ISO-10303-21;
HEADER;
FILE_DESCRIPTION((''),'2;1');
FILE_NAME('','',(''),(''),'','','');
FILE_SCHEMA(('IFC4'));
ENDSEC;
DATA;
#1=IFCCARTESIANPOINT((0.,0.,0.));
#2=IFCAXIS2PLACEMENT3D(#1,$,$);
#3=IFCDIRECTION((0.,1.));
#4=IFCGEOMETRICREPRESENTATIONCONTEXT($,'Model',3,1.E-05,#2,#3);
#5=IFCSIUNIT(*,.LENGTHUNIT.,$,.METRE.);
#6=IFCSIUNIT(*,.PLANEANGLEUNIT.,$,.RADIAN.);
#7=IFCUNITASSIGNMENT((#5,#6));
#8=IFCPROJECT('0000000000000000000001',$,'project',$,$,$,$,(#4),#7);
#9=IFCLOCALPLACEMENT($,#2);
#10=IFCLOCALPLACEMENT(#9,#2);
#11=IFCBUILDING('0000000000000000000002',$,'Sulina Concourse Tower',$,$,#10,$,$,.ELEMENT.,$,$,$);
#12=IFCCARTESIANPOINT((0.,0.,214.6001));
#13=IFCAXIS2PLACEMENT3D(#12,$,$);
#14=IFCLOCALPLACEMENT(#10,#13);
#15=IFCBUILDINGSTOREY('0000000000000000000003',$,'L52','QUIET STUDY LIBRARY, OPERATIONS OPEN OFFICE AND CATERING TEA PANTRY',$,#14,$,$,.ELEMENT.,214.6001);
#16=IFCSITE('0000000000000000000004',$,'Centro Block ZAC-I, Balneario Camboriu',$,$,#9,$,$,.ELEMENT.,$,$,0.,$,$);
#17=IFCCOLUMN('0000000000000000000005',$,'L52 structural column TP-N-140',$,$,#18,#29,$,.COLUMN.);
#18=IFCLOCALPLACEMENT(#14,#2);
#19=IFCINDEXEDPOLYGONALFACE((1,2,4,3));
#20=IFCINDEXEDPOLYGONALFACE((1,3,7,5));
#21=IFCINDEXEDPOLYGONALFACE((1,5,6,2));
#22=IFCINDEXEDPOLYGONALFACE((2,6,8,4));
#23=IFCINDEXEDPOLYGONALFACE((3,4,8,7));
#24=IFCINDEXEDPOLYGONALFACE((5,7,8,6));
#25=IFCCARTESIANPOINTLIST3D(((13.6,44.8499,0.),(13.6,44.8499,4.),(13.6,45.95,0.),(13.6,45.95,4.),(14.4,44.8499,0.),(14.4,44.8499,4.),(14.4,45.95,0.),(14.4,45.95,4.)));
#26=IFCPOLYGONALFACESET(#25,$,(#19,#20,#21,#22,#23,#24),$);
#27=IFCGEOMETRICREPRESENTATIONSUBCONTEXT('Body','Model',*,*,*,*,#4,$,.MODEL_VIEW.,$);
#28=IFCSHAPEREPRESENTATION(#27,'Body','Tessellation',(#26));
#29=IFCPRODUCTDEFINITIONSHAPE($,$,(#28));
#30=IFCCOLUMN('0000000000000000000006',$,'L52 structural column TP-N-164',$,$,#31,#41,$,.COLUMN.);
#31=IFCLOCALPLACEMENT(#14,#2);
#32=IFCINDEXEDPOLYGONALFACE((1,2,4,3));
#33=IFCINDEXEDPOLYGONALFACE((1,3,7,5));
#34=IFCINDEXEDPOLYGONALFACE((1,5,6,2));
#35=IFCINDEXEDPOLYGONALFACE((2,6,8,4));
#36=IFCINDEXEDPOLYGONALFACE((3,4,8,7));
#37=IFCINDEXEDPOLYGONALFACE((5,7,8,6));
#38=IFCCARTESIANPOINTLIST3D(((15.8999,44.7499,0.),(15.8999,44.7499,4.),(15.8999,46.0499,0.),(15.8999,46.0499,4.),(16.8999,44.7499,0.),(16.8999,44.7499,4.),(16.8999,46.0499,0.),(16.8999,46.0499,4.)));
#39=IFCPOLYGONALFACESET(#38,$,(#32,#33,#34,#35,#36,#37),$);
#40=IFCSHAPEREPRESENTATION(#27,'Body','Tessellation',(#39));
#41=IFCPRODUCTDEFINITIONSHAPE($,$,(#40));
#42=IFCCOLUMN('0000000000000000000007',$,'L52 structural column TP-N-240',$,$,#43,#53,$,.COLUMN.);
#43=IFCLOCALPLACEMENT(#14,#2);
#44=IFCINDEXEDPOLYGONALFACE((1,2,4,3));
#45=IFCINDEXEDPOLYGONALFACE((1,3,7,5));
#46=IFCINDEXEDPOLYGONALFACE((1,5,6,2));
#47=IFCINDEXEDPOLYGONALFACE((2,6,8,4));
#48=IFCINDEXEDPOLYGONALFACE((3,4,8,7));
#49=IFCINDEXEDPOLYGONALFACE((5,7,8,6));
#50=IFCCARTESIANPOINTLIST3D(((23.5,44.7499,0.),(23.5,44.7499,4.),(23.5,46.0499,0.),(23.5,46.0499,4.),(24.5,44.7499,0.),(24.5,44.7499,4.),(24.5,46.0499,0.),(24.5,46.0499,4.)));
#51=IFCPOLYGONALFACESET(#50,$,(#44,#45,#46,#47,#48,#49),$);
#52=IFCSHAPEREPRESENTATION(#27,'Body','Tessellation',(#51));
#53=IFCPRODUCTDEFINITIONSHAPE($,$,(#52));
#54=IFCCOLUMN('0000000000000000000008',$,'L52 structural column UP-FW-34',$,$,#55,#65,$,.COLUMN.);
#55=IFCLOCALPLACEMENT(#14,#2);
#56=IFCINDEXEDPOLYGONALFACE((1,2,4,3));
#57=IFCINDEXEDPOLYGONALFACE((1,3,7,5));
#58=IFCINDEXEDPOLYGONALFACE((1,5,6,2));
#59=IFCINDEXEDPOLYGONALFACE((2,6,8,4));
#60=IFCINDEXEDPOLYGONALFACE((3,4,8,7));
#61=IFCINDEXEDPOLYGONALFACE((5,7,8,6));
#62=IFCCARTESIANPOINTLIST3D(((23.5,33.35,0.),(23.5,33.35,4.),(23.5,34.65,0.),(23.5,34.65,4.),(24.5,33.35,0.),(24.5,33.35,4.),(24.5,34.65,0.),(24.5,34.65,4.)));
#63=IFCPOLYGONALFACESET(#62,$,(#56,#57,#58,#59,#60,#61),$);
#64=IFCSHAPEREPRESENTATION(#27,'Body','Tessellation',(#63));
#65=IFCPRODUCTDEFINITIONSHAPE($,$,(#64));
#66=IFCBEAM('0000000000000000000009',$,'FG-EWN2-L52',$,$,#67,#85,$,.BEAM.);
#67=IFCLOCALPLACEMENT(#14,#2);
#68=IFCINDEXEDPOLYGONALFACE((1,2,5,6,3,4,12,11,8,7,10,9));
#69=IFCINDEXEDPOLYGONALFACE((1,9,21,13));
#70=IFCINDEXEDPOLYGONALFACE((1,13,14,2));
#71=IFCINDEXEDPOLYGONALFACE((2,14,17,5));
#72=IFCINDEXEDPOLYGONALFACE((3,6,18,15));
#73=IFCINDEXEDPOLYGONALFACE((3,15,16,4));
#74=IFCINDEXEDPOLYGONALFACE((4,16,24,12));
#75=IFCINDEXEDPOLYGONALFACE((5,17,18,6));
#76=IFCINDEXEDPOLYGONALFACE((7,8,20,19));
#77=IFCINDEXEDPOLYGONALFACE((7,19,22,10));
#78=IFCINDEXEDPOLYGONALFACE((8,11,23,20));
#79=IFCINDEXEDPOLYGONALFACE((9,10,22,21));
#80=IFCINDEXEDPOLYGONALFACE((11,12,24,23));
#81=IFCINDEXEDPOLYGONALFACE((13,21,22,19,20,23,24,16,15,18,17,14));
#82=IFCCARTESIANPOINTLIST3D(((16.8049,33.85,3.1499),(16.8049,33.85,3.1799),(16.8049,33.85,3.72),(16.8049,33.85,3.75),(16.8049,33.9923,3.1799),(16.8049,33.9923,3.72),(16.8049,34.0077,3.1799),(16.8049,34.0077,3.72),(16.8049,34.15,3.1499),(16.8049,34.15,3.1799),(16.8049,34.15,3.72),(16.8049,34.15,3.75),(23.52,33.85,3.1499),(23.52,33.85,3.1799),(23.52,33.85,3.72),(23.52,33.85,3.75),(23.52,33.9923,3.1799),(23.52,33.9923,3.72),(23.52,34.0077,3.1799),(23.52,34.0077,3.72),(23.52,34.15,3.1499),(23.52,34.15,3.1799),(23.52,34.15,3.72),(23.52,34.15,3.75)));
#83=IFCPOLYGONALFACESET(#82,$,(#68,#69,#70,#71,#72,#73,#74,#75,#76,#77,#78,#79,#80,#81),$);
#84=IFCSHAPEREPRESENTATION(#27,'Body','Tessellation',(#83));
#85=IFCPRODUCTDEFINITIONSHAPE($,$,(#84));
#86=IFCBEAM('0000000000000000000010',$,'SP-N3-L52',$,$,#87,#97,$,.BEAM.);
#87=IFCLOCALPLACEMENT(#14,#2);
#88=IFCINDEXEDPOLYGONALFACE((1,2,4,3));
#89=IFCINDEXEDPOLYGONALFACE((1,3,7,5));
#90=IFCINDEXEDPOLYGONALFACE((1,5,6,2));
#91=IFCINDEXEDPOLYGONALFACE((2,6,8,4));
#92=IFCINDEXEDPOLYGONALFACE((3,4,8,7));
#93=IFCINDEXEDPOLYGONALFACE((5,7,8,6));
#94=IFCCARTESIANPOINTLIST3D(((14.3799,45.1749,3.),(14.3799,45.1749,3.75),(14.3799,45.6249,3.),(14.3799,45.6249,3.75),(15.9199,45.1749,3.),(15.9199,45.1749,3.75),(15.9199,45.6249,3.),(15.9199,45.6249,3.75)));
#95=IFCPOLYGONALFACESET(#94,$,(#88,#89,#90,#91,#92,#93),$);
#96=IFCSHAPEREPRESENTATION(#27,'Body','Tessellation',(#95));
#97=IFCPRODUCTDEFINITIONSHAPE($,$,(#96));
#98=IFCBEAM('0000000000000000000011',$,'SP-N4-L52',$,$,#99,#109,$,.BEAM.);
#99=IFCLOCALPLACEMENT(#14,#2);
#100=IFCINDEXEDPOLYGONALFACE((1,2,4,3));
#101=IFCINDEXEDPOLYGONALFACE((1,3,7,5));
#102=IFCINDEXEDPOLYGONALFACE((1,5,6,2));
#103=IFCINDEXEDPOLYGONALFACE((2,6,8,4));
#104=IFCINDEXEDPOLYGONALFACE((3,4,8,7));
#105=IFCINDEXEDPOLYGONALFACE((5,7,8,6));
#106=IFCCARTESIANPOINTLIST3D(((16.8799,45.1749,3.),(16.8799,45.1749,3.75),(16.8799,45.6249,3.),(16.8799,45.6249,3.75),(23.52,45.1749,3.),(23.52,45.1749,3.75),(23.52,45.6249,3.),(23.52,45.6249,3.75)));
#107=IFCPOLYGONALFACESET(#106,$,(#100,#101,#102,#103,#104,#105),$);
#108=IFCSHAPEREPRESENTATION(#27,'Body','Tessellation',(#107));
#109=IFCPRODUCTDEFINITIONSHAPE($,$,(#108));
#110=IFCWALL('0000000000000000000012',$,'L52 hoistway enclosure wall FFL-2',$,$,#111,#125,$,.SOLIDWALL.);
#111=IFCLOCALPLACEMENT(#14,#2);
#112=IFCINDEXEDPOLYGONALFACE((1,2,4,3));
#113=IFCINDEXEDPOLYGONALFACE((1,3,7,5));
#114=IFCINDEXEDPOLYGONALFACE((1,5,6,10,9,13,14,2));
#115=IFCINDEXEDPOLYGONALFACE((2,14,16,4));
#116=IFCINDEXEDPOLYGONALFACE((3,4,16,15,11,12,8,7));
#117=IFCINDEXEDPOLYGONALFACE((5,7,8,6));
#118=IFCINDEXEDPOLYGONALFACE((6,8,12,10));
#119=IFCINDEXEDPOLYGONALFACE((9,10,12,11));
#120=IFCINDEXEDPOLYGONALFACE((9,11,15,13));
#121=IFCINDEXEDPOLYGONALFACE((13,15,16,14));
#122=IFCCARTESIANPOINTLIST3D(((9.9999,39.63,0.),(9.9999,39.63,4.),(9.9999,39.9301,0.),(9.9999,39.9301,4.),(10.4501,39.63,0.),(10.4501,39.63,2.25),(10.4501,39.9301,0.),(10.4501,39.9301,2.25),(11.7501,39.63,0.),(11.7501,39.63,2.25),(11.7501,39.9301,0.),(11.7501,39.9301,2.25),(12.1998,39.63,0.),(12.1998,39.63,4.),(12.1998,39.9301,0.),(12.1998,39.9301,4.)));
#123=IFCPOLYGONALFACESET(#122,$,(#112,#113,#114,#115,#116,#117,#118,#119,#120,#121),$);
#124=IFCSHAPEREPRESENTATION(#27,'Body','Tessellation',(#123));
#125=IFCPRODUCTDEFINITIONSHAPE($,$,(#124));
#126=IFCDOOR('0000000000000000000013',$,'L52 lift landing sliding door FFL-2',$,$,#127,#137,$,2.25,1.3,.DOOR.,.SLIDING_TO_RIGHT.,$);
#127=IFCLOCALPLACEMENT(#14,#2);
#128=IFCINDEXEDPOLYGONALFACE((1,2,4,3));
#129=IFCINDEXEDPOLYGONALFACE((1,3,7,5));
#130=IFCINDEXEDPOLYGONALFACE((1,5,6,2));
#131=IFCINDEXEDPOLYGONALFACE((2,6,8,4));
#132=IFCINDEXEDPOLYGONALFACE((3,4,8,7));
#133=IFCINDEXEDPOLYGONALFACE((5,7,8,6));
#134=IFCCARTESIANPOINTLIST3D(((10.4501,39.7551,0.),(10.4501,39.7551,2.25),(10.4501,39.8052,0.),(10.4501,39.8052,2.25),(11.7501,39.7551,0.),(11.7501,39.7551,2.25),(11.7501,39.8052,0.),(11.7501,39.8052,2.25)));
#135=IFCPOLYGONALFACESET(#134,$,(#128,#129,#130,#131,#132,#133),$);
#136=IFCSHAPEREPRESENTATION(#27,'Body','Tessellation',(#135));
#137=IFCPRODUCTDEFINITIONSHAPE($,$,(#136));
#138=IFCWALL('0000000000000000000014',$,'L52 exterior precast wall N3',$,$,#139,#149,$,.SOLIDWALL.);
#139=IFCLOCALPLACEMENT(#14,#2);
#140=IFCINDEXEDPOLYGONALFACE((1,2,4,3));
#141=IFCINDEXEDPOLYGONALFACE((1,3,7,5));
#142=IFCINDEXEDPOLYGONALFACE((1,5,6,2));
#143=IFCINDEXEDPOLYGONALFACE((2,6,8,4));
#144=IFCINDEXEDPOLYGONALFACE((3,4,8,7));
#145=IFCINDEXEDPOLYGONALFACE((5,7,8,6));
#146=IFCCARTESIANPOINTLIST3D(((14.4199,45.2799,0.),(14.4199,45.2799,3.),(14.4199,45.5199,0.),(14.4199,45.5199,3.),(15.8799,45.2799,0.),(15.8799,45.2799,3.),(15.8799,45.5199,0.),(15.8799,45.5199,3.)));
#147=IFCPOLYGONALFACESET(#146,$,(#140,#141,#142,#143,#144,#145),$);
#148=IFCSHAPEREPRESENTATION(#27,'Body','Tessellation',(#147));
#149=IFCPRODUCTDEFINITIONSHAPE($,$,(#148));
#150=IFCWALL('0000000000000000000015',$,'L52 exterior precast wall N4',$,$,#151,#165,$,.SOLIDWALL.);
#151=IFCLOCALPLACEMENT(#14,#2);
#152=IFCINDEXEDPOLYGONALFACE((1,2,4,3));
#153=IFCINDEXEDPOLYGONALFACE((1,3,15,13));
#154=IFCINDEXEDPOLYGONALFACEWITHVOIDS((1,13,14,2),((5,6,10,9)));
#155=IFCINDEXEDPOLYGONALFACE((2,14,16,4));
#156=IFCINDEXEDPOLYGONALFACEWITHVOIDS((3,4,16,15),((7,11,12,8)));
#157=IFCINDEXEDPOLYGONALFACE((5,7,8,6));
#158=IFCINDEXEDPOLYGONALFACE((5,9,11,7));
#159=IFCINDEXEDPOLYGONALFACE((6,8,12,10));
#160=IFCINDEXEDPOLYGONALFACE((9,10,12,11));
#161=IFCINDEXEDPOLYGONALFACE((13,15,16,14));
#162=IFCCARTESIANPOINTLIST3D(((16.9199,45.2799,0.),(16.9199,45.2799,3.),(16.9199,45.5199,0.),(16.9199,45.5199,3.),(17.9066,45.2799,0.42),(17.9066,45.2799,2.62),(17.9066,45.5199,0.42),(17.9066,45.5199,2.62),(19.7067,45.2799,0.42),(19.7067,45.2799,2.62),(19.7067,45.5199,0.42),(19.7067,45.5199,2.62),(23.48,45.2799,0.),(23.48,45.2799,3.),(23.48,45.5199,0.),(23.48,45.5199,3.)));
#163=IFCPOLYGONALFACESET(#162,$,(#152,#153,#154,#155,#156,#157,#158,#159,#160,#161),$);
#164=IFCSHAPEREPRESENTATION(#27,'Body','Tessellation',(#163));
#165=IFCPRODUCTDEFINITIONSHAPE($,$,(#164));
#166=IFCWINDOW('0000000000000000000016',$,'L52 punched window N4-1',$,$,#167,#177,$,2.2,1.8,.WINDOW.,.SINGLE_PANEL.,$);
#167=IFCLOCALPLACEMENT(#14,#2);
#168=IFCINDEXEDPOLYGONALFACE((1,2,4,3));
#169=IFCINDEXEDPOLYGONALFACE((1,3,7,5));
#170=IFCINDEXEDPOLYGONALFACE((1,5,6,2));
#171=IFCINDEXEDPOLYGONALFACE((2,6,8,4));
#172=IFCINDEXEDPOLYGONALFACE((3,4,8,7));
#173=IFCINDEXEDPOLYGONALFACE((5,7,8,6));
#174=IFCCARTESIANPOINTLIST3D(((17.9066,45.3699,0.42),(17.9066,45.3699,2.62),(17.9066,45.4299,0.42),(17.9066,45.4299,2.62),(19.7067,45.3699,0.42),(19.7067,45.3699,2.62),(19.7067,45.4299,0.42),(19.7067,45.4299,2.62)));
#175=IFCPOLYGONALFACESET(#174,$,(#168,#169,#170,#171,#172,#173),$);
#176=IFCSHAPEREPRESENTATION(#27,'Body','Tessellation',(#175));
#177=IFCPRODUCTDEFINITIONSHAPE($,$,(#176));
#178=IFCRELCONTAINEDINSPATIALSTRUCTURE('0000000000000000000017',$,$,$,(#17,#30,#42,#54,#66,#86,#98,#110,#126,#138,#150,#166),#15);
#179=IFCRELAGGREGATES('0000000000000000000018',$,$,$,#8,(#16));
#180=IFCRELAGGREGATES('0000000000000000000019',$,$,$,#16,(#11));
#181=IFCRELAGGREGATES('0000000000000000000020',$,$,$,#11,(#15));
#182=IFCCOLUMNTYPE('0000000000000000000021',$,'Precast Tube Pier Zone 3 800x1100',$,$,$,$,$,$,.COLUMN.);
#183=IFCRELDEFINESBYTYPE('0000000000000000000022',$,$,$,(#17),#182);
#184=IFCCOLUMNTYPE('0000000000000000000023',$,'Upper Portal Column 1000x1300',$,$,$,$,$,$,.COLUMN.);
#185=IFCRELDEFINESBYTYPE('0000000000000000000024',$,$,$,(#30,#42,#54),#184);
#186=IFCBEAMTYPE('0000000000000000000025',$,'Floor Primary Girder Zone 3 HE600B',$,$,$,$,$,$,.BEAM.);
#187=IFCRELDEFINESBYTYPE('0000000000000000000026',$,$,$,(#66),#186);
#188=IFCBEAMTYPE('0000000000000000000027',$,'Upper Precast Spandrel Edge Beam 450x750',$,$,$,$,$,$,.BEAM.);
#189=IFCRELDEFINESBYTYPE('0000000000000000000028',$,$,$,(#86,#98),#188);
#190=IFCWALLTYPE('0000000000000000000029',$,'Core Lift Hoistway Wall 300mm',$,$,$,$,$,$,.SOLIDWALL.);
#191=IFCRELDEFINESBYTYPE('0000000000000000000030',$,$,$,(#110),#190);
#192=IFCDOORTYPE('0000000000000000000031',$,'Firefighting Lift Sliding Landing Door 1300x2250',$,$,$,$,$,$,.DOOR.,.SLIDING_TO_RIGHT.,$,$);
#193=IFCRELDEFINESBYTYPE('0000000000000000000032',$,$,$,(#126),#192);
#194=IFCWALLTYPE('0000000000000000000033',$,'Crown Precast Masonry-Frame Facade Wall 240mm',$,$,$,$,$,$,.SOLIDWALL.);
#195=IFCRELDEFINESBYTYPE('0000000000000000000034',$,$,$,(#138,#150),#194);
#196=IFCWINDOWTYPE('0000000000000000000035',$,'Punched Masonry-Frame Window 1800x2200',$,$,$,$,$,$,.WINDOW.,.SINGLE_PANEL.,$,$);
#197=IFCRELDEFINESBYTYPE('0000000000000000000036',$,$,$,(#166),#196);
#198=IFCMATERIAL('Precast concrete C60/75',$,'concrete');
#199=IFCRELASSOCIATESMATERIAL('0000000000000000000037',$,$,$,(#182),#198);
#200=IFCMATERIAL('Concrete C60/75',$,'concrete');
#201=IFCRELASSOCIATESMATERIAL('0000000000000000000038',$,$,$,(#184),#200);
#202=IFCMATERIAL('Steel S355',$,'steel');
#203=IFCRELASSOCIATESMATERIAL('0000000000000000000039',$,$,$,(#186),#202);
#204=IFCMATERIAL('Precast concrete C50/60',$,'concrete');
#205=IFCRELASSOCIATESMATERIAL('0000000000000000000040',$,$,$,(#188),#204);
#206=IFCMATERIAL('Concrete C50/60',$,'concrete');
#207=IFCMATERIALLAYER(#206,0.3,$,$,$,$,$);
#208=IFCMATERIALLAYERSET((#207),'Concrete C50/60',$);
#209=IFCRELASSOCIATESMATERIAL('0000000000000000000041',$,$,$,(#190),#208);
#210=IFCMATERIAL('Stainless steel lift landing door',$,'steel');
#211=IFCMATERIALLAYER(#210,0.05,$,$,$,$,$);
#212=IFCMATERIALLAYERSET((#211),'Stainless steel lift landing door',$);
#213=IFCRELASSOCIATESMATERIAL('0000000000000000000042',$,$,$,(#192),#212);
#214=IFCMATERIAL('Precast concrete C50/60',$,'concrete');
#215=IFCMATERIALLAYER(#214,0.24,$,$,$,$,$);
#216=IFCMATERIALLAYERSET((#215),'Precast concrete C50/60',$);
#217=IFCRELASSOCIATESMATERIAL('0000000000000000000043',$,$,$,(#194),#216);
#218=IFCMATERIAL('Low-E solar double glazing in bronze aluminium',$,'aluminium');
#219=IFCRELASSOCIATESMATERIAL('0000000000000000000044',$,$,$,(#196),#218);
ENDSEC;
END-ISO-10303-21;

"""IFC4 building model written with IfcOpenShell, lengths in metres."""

from ifc_helpers import new_model, si_unit, direction, frame, frame_2d, origin, origin_2d, place, context, subcontext, project, spatial, rectangle, i_section, extrude, material, layer, layer_set, material_profile, profile_set, type_object, element, fill, save


model = new_model("IFC4")

# Units and contexts
model_context = context("Model", 3, precision=1e-05, world=origin(), true_north=direction((0.0, 1.0)))
body_context = subcontext(model_context, "Body", "Model", "MODEL_VIEW")
ifc_project = project(units=[si_unit("LENGTHUNIT", "METRE"), si_unit("PLANEANGLEUNIT", "RADIAN")], contexts=[model_context])

# Site, building, storey
site_placement = place(None, origin())
site = spatial("IfcSite", under=ifc_project, at=site_placement, Name="Centro Block ZAC-I, Balneario Camboriu", CompositionType="ELEMENT", RefElevation=0.0)
building_placement = place(site_placement, origin())
building = spatial("IfcBuilding", under=site, at=building_placement, Name="Sulina Concourse Tower", CompositionType="ELEMENT")
storey_placement = place(building_placement, frame((0.0, 0.0, 214.6001)))
storey = spatial("IfcBuildingStorey", under=building, at=storey_placement, Name="L52", Description="QUIET STUDY LIBRARY, OPERATIONS OPEN OFFICE AND CATERING TEA PANTRY", CompositionType="ELEMENT", Elevation=214.6001)

# Columns
ifc_material_1 = material(Name="Precast concrete C60/75", Category="concrete")
ifc_material_profile_1 = material_profile(ifc_material_1, rectangle(XDim=0.8, YDim=1.1001, at=origin_2d()), Name="PC 800x1100")
ifc_profile_set_1 = profile_set([ifc_material_profile_1], Name="Precast concrete C60/75")
column_type_1 = type_object("IfcColumnType", Name="Precast Tube Pier Zone 3 800x1100", PredefinedType="COLUMN", material=ifc_profile_set_1)
column_placement = place(storey_placement, frame((14.0, 45.3999, 0.0), z_axis=(0.0, 0.0, 1.0), x_axis=(1.0, 0.0, 0.0)))
element("IfcColumn", 1, at=column_placement, inside=storey, type_object=column_type_1, Name="L52 structural column TP-N-140", PredefinedType="COLUMN", context=body_context, shape_type="SweptSolid", body=[
    extrude(rectangle(XDim=0.8, YDim=1.1001, at=origin_2d()), origin(), (0.0, 0.0, 1.0), 4.0),
])
ifc_material_2 = material(Name="Concrete C60/75", Category="concrete")
ifc_material_profile_2 = material_profile(ifc_material_2, rectangle(XDim=1.0, YDim=1.3, at=origin_2d()), Name="RC 1000x1300")
ifc_profile_set_2 = profile_set([ifc_material_profile_2], Name="Concrete C60/75")
column_type_2 = type_object("IfcColumnType", Name="Upper Portal Column 1000x1300", PredefinedType="COLUMN", material=ifc_profile_set_2)
for number, where, z_axis, x_axis, name in (
    (2, (16.3999, 45.3999, 0.0), (0.0, 0.0, 1.0), (1.0, 0.0, 0.0), "L52 structural column TP-N-164"),
    (3, (24.0, 45.3999, 0.0), (0.0, 0.0, 1.0), (1.0, 0.0, 0.0), "L52 structural column TP-N-240"),
    (4, (24.0, 34.0, 0.0), (0.0, 0.0, 1.0), (1.0, 0.0, 0.0), "L52 structural column UP-FW-34"),
):
    element("IfcColumn", number, at=place(storey_placement, frame(where, z_axis=z_axis, x_axis=x_axis)), inside=storey, type_object=column_type_2, Name=name, PredefinedType="COLUMN", context=body_context, shape_type="SweptSolid", body=[
        extrude(rectangle(XDim=1.0, YDim=1.3, at=origin_2d()), origin(), (0.0, 0.0, 1.0), 4.0),
    ])

# Beams
ifc_material_3 = material(Name="Steel S355", Category="steel")
ifc_material_profile_3 = material_profile(ifc_material_3, i_section(OverallWidth=0.3, OverallDepth=0.6001, WebThickness=0.0154, FlangeThickness=0.03, at=origin_2d()), Name="HE 600 B")
ifc_profile_set_3 = profile_set([ifc_material_profile_3], Name="Steel S355")
beam_type_1 = type_object("IfcBeamType", Name="Floor Primary Girder Zone 3 HE600B", PredefinedType="BEAM", material=ifc_profile_set_3)
beam_1_placement = place(storey_placement, frame((16.8049, 34.0, 3.45), z_axis=(1.0, 0.0, 0.0), x_axis=(0.0, 1.0, 0.0)))
element("IfcBeam", 5, at=beam_1_placement, inside=storey, type_object=beam_type_1, Name="FG-EWN2-L52", PredefinedType="BEAM", context=body_context, shape_type="SweptSolid", body=[
    extrude(i_section(OverallWidth=0.3, OverallDepth=0.6001, WebThickness=0.0154, FlangeThickness=0.03, at=origin_2d()), origin(), (0.0, 0.0, 1.0), 6.7151),
])
ifc_material_4 = material(Name="Precast concrete C50/60", Category="concrete")
ifc_material_profile_4 = material_profile(ifc_material_4, rectangle(XDim=0.45, YDim=0.75, at=origin_2d()), Name="RC 450x750")
ifc_profile_set_4 = profile_set([ifc_material_profile_4], Name="Precast concrete C50/60")
beam_type_2 = type_object("IfcBeamType", Name="Upper Precast Spandrel Edge Beam 450x750", PredefinedType="BEAM", material=ifc_profile_set_4)
beam_2_placement = place(storey_placement, frame((14.3799, 45.3999, 3.375), z_axis=(1.0, 0.0, 0.0), x_axis=(0.0, 1.0, 0.0)))
element("IfcBeam", 6, at=beam_2_placement, inside=storey, type_object=beam_type_2, Name="SP-N3-L52", PredefinedType="BEAM", context=body_context, shape_type="SweptSolid", body=[
    extrude(rectangle(XDim=0.45, YDim=0.75, at=origin_2d()), origin(), (0.0, 0.0, 1.0), 1.54),
])
beam_3_placement = place(storey_placement, frame((16.8799, 45.3999, 3.375), z_axis=(1.0, 0.0, 0.0), x_axis=(0.0, 1.0, 0.0)))
element("IfcBeam", 7, at=beam_3_placement, inside=storey, type_object=beam_type_2, Name="SP-N4-L52", PredefinedType="BEAM", context=body_context, shape_type="SweptSolid", body=[
    extrude(rectangle(XDim=0.45, YDim=0.75, at=origin_2d()), origin(), (0.0, 0.0, 1.0), 6.6401),
])

# Wall, opening, door
ifc_material_5 = material(Name="Concrete C50/60", Category="concrete")
ifc_layer_1 = layer(ifc_material_5, 0.3)
ifc_layer_set_1 = layer_set([ifc_layer_1], Name="Concrete C50/60")
wall_type_1 = type_object("IfcWallType", Name="Core Lift Hoistway Wall 300mm", PredefinedType="SOLIDWALL", material=ifc_layer_set_1)
wall_1_placement = place(storey_placement, frame((12.2, 39.78, 0.0), z_axis=(0.0, 0.0, 1.0), x_axis=(-1.0, 0.0, 0.0)))
wall_1 = element("IfcWall", 8, at=wall_1_placement, inside=storey, type_object=wall_type_1, Name="L52 hoistway enclosure wall FFL-2", PredefinedType="SOLIDWALL", context=body_context, shape_type="SweptSolid", body=[
    extrude(rectangle(XDim=2.2, YDim=0.3, at=frame_2d((1.1001, 0.0))), origin(), (0.0, 0.0, 1.0), 4.0),
])
opening_1_placement = place(wall_1_placement, frame((0.45, 0.0, 0.0)))
opening_1 = element("IfcOpeningElement", 9, at=opening_1_placement, cuts=wall_1, PredefinedType="OPENING", context=body_context, shape_type="SweptSolid", body=[
    extrude(rectangle(XDim=1.3, YDim=2.25, at=frame_2d((0.6499, 1.125))), frame((0.0, 0.1599, 0.0), z_axis=(0.0, -1.0, 0.0), x_axis=(1.0, 0.0, 0.0)), (0.0, 0.0, 1.0), 0.3201),
])
ifc_material_6 = material(Name="Stainless steel lift landing door", Category="steel")
ifc_layer_2 = layer(ifc_material_6, 0.05)
ifc_layer_set_2 = layer_set([ifc_layer_2], Name="Stainless steel lift landing door")
door_type_1 = type_object("IfcDoorType", Name="Firefighting Lift Sliding Landing Door 1300x2250", OperationType="SLIDING_TO_RIGHT", PredefinedType="DOOR", material=ifc_layer_set_2)
door_1_placement = place(opening_1_placement, origin())
door_1 = element("IfcDoor", 10, at=door_1_placement, inside=storey, type_object=door_type_1, Name="L52 lift landing sliding door FFL-2", OperationType="SLIDING_TO_RIGHT", OverallHeight=2.25, OverallWidth=1.3, PredefinedType="DOOR", context=body_context, shape_type="SweptSolid", body=[
    extrude(rectangle(XDim=1.3, YDim=2.25, at=frame_2d((0.6499, 1.125))), frame((0.0, 0.0249, 0.0), z_axis=(0.0, -1.0, 0.0), x_axis=(1.0, 0.0, 0.0)), (0.0, 0.0, 1.0), 0.05),
])
fill(opening_1, door_1)

# Wall
ifc_material_7 = material(Name="Precast concrete C50/60", Category="concrete")
ifc_layer_3 = layer(ifc_material_7, 0.24)
ifc_layer_set_3 = layer_set([ifc_layer_3], Name="Precast concrete C50/60")
wall_type_2 = type_object("IfcWallType", Name="Crown Precast Masonry-Frame Facade Wall 240mm", PredefinedType="SOLIDWALL", material=ifc_layer_set_3)
wall_2_placement = place(storey_placement, frame((14.4199, 45.3999, 0.0), z_axis=(0.0, 0.0, 1.0), x_axis=(1.0, 0.0, 0.0)))
element("IfcWall", 11, at=wall_2_placement, inside=storey, type_object=wall_type_2, Name="L52 exterior precast wall N3", PredefinedType="SOLIDWALL", context=body_context, shape_type="SweptSolid", body=[
    extrude(rectangle(XDim=1.46, YDim=0.24, at=frame_2d((0.73, 0.0))), origin(), (0.0, 0.0, 1.0), 3.0),
])

# Wall, opening, window
wall_3_placement = place(storey_placement, frame((16.9199, 45.3999, 0.0), z_axis=(0.0, 0.0, 1.0), x_axis=(1.0, 0.0, 0.0)))
wall_3 = element("IfcWall", 12, at=wall_3_placement, inside=storey, type_object=wall_type_2, Name="L52 exterior precast wall N4", PredefinedType="SOLIDWALL", context=body_context, shape_type="SweptSolid", body=[
    extrude(rectangle(XDim=6.5601, YDim=0.24, at=frame_2d((3.28, 0.0))), origin(), (0.0, 0.0, 1.0), 3.0),
])
opening_2_placement = place(wall_3_placement, frame((0.9868, 0.0, 0.4199)))
opening_2 = element("IfcOpeningElement", 13, at=opening_2_placement, cuts=wall_3, PredefinedType="OPENING", context=body_context, shape_type="SweptSolid", body=[
    extrude(rectangle(XDim=1.8, YDim=2.2, at=frame_2d((0.8999, 1.1001))), frame((0.0, 0.1299, 0.0), z_axis=(0.0, -1.0, 0.0), x_axis=(1.0, 0.0, 0.0)), (0.0, 0.0, 1.0), 0.26),
])
ifc_material_8 = material(Name="Low-E solar double glazing in bronze aluminium", Category="aluminium")
window_type = type_object("IfcWindowType", Name="Punched Masonry-Frame Window 1800x2200", PartitioningType="SINGLE_PANEL", PredefinedType="WINDOW", material=ifc_material_8)
window_placement = place(opening_2_placement, origin())
window = element("IfcWindow", 14, at=window_placement, inside=storey, type_object=window_type, Name="L52 punched window N4-1", OverallHeight=2.2, OverallWidth=1.8, PartitioningType="SINGLE_PANEL", PredefinedType="WINDOW", context=body_context, shape_type="SweptSolid", body=[
    extrude(rectangle(XDim=1.8, YDim=2.2, at=frame_2d((0.8999, 1.1001))), frame((0.0, 0.03, 0.0), z_axis=(0.0, -1.0, 0.0), x_axis=(1.0, 0.0, 0.0)), (0.0, 0.0, 1.0), 0.0601),
])
fill(opening_2, window)

save(model, "model.ifc")
